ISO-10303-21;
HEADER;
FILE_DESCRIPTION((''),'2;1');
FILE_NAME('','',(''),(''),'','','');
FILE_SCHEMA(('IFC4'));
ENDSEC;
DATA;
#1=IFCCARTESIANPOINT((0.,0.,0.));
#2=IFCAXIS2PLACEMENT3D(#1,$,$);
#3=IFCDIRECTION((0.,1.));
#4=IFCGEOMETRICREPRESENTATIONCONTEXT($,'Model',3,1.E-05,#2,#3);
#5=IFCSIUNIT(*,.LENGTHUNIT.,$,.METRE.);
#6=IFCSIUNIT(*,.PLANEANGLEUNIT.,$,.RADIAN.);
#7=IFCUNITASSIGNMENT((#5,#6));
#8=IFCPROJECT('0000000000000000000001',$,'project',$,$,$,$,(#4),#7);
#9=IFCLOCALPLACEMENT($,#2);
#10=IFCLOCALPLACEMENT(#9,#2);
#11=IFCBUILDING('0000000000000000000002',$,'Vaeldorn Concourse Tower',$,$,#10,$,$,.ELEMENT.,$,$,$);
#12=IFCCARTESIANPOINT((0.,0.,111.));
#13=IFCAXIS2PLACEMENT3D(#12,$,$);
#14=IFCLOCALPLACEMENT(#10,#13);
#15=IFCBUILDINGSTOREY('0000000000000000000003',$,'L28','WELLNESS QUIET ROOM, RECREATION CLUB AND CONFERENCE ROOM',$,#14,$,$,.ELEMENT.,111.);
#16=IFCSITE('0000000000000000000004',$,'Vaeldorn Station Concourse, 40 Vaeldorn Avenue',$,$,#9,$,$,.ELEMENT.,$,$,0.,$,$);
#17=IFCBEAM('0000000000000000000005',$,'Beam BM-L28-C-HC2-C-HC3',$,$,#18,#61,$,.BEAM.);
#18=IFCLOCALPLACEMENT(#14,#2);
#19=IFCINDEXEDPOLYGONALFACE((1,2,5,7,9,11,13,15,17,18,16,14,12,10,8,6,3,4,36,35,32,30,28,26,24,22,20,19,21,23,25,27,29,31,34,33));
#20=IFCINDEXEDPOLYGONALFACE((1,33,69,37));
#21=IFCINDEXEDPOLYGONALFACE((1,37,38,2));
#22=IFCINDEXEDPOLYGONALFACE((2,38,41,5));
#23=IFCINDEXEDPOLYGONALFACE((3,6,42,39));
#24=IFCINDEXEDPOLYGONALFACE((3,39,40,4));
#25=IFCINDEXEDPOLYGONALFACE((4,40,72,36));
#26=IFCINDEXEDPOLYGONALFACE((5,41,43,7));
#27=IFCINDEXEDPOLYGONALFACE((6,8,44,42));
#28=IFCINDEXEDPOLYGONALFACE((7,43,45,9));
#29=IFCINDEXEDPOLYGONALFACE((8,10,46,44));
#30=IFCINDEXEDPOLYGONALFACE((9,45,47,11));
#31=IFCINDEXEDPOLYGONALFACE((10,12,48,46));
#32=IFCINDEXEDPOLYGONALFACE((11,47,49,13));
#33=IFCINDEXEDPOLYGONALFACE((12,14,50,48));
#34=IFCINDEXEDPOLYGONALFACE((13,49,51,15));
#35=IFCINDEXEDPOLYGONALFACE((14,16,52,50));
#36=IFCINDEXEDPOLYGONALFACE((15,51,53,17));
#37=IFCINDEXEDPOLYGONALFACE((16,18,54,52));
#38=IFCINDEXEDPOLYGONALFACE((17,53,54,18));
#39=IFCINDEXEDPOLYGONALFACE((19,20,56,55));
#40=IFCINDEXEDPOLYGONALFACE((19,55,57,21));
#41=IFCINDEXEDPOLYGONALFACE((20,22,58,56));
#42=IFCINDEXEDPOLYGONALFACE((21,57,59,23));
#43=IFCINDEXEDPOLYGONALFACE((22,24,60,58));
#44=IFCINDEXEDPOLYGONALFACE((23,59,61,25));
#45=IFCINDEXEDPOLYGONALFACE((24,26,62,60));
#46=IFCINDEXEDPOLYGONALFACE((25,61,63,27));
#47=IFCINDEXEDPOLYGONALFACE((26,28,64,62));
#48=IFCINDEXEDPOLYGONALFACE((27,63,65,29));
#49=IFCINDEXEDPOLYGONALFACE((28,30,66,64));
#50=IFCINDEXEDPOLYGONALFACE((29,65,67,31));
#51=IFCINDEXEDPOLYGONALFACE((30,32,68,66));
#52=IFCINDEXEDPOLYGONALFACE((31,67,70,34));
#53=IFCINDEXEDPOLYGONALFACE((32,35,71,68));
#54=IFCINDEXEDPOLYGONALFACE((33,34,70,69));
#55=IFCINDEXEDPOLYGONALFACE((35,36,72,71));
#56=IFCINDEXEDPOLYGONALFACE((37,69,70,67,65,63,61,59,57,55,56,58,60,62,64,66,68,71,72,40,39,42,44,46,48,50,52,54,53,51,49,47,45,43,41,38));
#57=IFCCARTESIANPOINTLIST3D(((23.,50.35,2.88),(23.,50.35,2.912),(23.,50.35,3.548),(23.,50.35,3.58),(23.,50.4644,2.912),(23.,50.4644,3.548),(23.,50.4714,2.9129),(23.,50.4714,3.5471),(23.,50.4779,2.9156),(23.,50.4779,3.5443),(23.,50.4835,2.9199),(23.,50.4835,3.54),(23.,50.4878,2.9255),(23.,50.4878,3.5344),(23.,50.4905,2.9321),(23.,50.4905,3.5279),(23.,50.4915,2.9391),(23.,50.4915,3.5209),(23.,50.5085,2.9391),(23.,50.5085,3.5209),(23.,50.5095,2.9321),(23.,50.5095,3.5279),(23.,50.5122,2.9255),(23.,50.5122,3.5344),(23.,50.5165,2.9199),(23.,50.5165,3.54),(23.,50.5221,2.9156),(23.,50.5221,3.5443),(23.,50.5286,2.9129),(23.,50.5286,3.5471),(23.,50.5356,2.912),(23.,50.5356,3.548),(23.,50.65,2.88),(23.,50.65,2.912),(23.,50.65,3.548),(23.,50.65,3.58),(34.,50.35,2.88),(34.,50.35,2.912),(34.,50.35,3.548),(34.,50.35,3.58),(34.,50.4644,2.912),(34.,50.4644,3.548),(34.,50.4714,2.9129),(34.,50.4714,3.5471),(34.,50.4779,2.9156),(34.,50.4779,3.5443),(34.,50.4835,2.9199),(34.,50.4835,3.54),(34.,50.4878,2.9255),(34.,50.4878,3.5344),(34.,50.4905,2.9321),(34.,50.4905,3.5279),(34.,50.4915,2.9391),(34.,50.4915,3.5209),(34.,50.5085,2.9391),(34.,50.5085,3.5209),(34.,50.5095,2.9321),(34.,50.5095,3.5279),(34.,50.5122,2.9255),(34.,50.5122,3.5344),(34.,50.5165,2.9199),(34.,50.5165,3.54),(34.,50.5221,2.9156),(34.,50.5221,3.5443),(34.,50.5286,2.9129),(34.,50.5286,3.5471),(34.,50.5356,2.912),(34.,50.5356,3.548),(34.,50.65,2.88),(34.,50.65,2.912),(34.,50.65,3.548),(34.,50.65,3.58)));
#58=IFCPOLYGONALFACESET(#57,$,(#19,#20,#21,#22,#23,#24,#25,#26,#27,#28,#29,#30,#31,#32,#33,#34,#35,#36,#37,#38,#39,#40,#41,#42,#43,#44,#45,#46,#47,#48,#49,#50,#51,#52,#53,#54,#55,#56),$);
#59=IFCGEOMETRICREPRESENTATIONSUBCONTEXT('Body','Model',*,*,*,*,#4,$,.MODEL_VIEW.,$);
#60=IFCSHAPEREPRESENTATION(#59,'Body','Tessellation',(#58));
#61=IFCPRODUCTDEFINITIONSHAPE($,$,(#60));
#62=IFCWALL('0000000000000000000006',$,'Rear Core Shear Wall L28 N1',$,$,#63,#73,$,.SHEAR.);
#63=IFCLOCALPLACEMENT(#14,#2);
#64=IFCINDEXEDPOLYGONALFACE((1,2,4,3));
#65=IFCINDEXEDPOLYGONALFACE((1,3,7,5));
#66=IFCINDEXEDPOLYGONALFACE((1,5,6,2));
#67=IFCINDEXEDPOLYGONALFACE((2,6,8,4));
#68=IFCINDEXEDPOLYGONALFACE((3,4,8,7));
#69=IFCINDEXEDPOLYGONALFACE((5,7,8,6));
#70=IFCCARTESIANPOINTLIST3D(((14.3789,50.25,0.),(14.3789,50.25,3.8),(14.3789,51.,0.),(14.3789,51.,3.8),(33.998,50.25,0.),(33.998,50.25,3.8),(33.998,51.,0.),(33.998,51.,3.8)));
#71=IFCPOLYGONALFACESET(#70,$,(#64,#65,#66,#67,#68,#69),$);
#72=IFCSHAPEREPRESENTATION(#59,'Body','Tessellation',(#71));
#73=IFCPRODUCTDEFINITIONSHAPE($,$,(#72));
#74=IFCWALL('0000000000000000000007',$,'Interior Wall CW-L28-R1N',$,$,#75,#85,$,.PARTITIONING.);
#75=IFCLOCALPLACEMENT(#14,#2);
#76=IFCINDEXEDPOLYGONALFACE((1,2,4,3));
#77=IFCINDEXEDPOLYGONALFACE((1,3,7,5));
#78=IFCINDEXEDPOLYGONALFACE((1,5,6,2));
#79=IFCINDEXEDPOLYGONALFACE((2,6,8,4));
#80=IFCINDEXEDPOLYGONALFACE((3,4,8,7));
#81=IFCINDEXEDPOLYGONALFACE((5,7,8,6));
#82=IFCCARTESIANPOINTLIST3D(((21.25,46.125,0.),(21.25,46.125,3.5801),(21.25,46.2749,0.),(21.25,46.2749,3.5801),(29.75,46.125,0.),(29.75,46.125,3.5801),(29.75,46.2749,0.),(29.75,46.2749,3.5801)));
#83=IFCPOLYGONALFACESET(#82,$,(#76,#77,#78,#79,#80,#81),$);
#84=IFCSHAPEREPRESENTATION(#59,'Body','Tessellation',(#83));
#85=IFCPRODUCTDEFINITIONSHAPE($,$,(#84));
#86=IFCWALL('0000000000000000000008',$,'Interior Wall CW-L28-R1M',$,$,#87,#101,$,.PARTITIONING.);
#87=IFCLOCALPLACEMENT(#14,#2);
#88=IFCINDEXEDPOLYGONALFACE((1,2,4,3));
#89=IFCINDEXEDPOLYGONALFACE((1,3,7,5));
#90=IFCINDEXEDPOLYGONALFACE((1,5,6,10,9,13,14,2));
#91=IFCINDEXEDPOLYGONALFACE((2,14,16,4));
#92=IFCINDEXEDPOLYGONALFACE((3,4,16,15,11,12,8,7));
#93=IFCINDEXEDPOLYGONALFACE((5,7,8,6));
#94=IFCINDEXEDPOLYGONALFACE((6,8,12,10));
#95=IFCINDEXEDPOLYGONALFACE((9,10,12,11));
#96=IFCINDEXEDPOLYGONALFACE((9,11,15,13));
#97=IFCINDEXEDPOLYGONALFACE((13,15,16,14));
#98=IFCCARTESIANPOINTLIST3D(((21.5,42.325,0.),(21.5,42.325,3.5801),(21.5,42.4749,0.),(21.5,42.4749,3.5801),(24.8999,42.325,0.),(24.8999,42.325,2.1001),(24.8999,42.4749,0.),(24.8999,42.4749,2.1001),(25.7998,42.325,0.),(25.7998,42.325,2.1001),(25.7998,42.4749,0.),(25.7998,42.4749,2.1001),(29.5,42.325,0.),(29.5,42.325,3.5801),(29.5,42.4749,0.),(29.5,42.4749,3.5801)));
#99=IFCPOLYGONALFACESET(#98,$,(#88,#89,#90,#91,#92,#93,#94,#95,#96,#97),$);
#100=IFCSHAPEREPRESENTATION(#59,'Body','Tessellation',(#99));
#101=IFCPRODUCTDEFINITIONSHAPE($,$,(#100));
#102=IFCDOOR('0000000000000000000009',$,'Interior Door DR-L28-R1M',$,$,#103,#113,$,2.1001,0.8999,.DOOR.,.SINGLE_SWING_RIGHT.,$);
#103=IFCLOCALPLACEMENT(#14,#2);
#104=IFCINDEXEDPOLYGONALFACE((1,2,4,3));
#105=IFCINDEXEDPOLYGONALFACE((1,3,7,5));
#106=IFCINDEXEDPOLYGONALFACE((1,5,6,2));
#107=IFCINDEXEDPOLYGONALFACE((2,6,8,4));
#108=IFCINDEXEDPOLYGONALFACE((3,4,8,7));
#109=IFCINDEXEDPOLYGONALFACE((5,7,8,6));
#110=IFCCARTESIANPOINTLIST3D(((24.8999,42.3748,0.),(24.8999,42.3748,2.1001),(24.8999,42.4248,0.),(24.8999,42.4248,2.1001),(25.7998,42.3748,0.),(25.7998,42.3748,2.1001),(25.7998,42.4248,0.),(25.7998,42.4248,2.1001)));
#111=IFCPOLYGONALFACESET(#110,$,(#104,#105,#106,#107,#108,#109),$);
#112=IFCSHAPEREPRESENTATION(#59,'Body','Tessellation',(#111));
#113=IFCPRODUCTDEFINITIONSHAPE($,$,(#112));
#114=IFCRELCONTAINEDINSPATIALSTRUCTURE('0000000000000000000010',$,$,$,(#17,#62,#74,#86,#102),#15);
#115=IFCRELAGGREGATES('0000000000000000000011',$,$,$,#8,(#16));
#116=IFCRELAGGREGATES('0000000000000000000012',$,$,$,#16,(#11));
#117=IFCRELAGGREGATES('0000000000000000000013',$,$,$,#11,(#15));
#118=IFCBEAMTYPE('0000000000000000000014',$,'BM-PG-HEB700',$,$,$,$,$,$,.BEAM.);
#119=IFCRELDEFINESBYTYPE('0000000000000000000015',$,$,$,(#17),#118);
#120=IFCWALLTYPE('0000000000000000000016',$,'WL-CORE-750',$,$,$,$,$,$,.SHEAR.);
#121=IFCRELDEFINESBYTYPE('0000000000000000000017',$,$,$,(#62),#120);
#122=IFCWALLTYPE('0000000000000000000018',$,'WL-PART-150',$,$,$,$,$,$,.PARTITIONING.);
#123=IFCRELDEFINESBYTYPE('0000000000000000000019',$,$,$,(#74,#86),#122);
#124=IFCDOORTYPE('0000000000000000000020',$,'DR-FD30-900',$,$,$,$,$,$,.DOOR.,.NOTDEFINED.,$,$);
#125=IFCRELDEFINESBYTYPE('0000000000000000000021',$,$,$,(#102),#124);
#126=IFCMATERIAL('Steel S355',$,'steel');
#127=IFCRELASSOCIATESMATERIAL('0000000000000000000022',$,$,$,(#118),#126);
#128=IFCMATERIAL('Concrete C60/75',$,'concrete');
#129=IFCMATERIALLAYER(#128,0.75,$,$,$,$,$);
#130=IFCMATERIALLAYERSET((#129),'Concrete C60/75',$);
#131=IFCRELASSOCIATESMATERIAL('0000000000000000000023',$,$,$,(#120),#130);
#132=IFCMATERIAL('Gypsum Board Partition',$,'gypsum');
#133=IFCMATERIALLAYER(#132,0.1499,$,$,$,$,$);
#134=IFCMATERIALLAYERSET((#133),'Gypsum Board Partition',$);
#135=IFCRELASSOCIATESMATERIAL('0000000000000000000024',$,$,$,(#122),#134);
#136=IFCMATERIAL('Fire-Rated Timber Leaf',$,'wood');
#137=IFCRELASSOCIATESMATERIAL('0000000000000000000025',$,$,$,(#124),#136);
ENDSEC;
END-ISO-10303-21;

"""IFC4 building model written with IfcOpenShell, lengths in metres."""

from ifc_helpers import new_model, si_unit, direction, frame, frame_2d, origin, origin_2d, place, context, subcontext, project, spatial, rectangle, i_section, extrude, source, transform, mapped, material, layer, layer_set, material_profile, profile_set, type_object, element, fill, save


model = new_model("IFC4")

# Units and contexts
model_context = context("Model", 3, precision=1e-05, world=origin(), true_north=direction((0.0, 1.0)))
body_context = subcontext(model_context, "Body", "Model", "MODEL_VIEW")
ifc_project = project(units=[si_unit("LENGTHUNIT", "METRE"), si_unit("PLANEANGLEUNIT", "RADIAN")], contexts=[model_context])

# Site, building, storey
site_placement = place(None, origin())
site = spatial("IfcSite", under=ifc_project, at=site_placement, Name="Vaeldorn Station Concourse, 40 Vaeldorn Avenue", CompositionType="ELEMENT", RefElevation=0.0)
building_placement = place(site_placement, origin())
building = spatial("IfcBuilding", under=site, at=building_placement, Name="Vaeldorn Concourse Tower", CompositionType="ELEMENT")
storey_placement = place(building_placement, frame((0.0, 0.0, 111.0)))
storey = spatial("IfcBuildingStorey", under=building, at=storey_placement, Name="L28", Description="WELLNESS QUIET ROOM, RECREATION CLUB AND CONFERENCE ROOM", CompositionType="ELEMENT", Elevation=111.0)

# Beam
ifc_material_1 = material(Name="Steel S355", Category="steel")
ifc_material_profile_1 = material_profile(ifc_material_1, i_section(OverallWidth=0.3, OverallDepth=0.7, WebThickness=0.0171, FlangeThickness=0.032, FilletRadius=0.0271, at=origin_2d()), Name="HEB 700")
ifc_profile_set_1 = profile_set([ifc_material_profile_1], Name="Steel S355")
beam_type_1 = type_object("IfcBeamType", Name="BM-PG-HEB700", PredefinedType="BEAM", material=ifc_profile_set_1)
shared_shape_1 = source(origin(), body_context, "Body", "SweptSolid", [
    extrude(i_section(OverallWidth=0.3, OverallDepth=0.7, WebThickness=0.0171, FlangeThickness=0.032, FilletRadius=0.0271, at=origin_2d()), origin(), (0.0, 0.0, 1.0), 11.0),
])
beam_1_placement = place(storey_placement, frame((23.0, 50.5, 3.23), z_axis=(1.0, 0.0, 0.0), x_axis=(0.0, 1.0, 0.0)))
element("IfcBeam", 1, at=beam_1_placement, inside=storey, type_object=beam_type_1, Name="Beam BM-L28-C-HC2-C-HC3", PredefinedType="BEAM", context=body_context, shape_type="MappedRepresentation", body=[
    mapped(shared_shape_1, transform((0.0, 0.0, 0.0), scale=1.0)),
])

# Walls
ifc_material_2 = material(Name="Concrete C60/75", Category="concrete")
ifc_layer_1 = layer(ifc_material_2, 0.75)
ifc_layer_set_1 = layer_set([ifc_layer_1], Name="Concrete C60/75")
wall_type_1 = type_object("IfcWallType", Name="WL-CORE-750", PredefinedType="SHEAR", material=ifc_layer_set_1)
wall_1_placement = place(storey_placement, frame((14.3789, 50.625, 0.0), z_axis=(0.0, 0.0, 1.0), x_axis=(1.0, 0.0, 0.0)))
element("IfcWall", 2, at=wall_1_placement, inside=storey, type_object=wall_type_1, Name="Rear Core Shear Wall L28 N1", PredefinedType="SHEAR", context=body_context, shape_type="SweptSolid", body=[
    extrude(rectangle(XDim=19.6191, YDim=0.75, at=frame_2d((9.8096, 0.0))), origin(), (0.0, 0.0, 1.0), 3.8),
])
ifc_material_3 = material(Name="Gypsum Board Partition", Category="gypsum")
ifc_layer_2 = layer(ifc_material_3, 0.1499)
ifc_layer_set_2 = layer_set([ifc_layer_2], Name="Gypsum Board Partition")
wall_type_2 = type_object("IfcWallType", Name="WL-PART-150", PredefinedType="PARTITIONING", material=ifc_layer_set_2)
wall_2_placement = place(storey_placement, frame((21.25, 46.2, 0.0), z_axis=(0.0, 0.0, 1.0), x_axis=(1.0, 0.0, 0.0)))
element("IfcWall", 3, at=wall_2_placement, inside=storey, type_object=wall_type_2, Name="Interior Wall CW-L28-R1N", PredefinedType="PARTITIONING", context=body_context, shape_type="SweptSolid", body=[
    extrude(rectangle(XDim=8.5, YDim=0.1499, at=frame_2d((4.25, 0.0))), origin(), (0.0, 0.0, 1.0), 3.5801),
])

# Wall, opening, door
wall_3_placement = place(storey_placement, frame((21.5, 42.3999, 0.0), z_axis=(0.0, 0.0, 1.0), x_axis=(1.0, 0.0, 0.0)))
wall_3 = element("IfcWall", 4, at=wall_3_placement, inside=storey, type_object=wall_type_2, Name="Interior Wall CW-L28-R1M", PredefinedType="PARTITIONING", context=body_context, shape_type="SweptSolid", body=[
    extrude(rectangle(XDim=8.0, YDim=0.1499, at=frame_2d((4.0, 0.0))), origin(), (0.0, 0.0, 1.0), 3.5801),
])
opening_1_placement = place(wall_3_placement, frame((3.3999, 0.0, 0.0)))
opening_1 = element("IfcOpeningElement", 5, at=opening_1_placement, cuts=wall_3, PredefinedType="OPENING", context=body_context, shape_type="SweptSolid", body=[
    extrude(rectangle(XDim=0.8999, YDim=2.1001, at=frame_2d((0.45, 1.05))), frame((0.0, 0.085, 0.0), z_axis=(0.0, -1.0, 0.0), x_axis=(1.0, 0.0, 0.0)), (0.0, 0.0, 1.0), 0.1699),
])
ifc_material_4 = material(Name="Fire-Rated Timber Leaf", Category="wood")
door_type_1 = type_object("IfcDoorType", Name="DR-FD30-900", OperationType="NOTDEFINED", PredefinedType="DOOR", material=ifc_material_4)
shared_shape_2 = source(origin(), body_context, "Body", "SweptSolid", [
    extrude(rectangle(XDim=0.8999, YDim=2.1001, at=frame_2d((0.45, 1.05))), frame((0.0, 0.0249, 0.0), z_axis=(0.0, -1.0, 0.0), x_axis=(1.0, 0.0, 0.0)), (0.0, 0.0, 1.0), 0.05),
])
door_1_placement = place(opening_1_placement, origin())
door_1 = element("IfcDoor", 6, at=door_1_placement, inside=storey, type_object=door_type_1, Name="Interior Door DR-L28-R1M", OperationType="SINGLE_SWING_RIGHT", OverallHeight=2.1001, OverallWidth=0.8999, PredefinedType="DOOR", context=body_context, shape_type="MappedRepresentation", body=[
    mapped(shared_shape_2, transform((0.0, 0.0, 0.0), scale=1.0)),
])
fill(opening_1, door_1)

save(model, "model.ifc")
